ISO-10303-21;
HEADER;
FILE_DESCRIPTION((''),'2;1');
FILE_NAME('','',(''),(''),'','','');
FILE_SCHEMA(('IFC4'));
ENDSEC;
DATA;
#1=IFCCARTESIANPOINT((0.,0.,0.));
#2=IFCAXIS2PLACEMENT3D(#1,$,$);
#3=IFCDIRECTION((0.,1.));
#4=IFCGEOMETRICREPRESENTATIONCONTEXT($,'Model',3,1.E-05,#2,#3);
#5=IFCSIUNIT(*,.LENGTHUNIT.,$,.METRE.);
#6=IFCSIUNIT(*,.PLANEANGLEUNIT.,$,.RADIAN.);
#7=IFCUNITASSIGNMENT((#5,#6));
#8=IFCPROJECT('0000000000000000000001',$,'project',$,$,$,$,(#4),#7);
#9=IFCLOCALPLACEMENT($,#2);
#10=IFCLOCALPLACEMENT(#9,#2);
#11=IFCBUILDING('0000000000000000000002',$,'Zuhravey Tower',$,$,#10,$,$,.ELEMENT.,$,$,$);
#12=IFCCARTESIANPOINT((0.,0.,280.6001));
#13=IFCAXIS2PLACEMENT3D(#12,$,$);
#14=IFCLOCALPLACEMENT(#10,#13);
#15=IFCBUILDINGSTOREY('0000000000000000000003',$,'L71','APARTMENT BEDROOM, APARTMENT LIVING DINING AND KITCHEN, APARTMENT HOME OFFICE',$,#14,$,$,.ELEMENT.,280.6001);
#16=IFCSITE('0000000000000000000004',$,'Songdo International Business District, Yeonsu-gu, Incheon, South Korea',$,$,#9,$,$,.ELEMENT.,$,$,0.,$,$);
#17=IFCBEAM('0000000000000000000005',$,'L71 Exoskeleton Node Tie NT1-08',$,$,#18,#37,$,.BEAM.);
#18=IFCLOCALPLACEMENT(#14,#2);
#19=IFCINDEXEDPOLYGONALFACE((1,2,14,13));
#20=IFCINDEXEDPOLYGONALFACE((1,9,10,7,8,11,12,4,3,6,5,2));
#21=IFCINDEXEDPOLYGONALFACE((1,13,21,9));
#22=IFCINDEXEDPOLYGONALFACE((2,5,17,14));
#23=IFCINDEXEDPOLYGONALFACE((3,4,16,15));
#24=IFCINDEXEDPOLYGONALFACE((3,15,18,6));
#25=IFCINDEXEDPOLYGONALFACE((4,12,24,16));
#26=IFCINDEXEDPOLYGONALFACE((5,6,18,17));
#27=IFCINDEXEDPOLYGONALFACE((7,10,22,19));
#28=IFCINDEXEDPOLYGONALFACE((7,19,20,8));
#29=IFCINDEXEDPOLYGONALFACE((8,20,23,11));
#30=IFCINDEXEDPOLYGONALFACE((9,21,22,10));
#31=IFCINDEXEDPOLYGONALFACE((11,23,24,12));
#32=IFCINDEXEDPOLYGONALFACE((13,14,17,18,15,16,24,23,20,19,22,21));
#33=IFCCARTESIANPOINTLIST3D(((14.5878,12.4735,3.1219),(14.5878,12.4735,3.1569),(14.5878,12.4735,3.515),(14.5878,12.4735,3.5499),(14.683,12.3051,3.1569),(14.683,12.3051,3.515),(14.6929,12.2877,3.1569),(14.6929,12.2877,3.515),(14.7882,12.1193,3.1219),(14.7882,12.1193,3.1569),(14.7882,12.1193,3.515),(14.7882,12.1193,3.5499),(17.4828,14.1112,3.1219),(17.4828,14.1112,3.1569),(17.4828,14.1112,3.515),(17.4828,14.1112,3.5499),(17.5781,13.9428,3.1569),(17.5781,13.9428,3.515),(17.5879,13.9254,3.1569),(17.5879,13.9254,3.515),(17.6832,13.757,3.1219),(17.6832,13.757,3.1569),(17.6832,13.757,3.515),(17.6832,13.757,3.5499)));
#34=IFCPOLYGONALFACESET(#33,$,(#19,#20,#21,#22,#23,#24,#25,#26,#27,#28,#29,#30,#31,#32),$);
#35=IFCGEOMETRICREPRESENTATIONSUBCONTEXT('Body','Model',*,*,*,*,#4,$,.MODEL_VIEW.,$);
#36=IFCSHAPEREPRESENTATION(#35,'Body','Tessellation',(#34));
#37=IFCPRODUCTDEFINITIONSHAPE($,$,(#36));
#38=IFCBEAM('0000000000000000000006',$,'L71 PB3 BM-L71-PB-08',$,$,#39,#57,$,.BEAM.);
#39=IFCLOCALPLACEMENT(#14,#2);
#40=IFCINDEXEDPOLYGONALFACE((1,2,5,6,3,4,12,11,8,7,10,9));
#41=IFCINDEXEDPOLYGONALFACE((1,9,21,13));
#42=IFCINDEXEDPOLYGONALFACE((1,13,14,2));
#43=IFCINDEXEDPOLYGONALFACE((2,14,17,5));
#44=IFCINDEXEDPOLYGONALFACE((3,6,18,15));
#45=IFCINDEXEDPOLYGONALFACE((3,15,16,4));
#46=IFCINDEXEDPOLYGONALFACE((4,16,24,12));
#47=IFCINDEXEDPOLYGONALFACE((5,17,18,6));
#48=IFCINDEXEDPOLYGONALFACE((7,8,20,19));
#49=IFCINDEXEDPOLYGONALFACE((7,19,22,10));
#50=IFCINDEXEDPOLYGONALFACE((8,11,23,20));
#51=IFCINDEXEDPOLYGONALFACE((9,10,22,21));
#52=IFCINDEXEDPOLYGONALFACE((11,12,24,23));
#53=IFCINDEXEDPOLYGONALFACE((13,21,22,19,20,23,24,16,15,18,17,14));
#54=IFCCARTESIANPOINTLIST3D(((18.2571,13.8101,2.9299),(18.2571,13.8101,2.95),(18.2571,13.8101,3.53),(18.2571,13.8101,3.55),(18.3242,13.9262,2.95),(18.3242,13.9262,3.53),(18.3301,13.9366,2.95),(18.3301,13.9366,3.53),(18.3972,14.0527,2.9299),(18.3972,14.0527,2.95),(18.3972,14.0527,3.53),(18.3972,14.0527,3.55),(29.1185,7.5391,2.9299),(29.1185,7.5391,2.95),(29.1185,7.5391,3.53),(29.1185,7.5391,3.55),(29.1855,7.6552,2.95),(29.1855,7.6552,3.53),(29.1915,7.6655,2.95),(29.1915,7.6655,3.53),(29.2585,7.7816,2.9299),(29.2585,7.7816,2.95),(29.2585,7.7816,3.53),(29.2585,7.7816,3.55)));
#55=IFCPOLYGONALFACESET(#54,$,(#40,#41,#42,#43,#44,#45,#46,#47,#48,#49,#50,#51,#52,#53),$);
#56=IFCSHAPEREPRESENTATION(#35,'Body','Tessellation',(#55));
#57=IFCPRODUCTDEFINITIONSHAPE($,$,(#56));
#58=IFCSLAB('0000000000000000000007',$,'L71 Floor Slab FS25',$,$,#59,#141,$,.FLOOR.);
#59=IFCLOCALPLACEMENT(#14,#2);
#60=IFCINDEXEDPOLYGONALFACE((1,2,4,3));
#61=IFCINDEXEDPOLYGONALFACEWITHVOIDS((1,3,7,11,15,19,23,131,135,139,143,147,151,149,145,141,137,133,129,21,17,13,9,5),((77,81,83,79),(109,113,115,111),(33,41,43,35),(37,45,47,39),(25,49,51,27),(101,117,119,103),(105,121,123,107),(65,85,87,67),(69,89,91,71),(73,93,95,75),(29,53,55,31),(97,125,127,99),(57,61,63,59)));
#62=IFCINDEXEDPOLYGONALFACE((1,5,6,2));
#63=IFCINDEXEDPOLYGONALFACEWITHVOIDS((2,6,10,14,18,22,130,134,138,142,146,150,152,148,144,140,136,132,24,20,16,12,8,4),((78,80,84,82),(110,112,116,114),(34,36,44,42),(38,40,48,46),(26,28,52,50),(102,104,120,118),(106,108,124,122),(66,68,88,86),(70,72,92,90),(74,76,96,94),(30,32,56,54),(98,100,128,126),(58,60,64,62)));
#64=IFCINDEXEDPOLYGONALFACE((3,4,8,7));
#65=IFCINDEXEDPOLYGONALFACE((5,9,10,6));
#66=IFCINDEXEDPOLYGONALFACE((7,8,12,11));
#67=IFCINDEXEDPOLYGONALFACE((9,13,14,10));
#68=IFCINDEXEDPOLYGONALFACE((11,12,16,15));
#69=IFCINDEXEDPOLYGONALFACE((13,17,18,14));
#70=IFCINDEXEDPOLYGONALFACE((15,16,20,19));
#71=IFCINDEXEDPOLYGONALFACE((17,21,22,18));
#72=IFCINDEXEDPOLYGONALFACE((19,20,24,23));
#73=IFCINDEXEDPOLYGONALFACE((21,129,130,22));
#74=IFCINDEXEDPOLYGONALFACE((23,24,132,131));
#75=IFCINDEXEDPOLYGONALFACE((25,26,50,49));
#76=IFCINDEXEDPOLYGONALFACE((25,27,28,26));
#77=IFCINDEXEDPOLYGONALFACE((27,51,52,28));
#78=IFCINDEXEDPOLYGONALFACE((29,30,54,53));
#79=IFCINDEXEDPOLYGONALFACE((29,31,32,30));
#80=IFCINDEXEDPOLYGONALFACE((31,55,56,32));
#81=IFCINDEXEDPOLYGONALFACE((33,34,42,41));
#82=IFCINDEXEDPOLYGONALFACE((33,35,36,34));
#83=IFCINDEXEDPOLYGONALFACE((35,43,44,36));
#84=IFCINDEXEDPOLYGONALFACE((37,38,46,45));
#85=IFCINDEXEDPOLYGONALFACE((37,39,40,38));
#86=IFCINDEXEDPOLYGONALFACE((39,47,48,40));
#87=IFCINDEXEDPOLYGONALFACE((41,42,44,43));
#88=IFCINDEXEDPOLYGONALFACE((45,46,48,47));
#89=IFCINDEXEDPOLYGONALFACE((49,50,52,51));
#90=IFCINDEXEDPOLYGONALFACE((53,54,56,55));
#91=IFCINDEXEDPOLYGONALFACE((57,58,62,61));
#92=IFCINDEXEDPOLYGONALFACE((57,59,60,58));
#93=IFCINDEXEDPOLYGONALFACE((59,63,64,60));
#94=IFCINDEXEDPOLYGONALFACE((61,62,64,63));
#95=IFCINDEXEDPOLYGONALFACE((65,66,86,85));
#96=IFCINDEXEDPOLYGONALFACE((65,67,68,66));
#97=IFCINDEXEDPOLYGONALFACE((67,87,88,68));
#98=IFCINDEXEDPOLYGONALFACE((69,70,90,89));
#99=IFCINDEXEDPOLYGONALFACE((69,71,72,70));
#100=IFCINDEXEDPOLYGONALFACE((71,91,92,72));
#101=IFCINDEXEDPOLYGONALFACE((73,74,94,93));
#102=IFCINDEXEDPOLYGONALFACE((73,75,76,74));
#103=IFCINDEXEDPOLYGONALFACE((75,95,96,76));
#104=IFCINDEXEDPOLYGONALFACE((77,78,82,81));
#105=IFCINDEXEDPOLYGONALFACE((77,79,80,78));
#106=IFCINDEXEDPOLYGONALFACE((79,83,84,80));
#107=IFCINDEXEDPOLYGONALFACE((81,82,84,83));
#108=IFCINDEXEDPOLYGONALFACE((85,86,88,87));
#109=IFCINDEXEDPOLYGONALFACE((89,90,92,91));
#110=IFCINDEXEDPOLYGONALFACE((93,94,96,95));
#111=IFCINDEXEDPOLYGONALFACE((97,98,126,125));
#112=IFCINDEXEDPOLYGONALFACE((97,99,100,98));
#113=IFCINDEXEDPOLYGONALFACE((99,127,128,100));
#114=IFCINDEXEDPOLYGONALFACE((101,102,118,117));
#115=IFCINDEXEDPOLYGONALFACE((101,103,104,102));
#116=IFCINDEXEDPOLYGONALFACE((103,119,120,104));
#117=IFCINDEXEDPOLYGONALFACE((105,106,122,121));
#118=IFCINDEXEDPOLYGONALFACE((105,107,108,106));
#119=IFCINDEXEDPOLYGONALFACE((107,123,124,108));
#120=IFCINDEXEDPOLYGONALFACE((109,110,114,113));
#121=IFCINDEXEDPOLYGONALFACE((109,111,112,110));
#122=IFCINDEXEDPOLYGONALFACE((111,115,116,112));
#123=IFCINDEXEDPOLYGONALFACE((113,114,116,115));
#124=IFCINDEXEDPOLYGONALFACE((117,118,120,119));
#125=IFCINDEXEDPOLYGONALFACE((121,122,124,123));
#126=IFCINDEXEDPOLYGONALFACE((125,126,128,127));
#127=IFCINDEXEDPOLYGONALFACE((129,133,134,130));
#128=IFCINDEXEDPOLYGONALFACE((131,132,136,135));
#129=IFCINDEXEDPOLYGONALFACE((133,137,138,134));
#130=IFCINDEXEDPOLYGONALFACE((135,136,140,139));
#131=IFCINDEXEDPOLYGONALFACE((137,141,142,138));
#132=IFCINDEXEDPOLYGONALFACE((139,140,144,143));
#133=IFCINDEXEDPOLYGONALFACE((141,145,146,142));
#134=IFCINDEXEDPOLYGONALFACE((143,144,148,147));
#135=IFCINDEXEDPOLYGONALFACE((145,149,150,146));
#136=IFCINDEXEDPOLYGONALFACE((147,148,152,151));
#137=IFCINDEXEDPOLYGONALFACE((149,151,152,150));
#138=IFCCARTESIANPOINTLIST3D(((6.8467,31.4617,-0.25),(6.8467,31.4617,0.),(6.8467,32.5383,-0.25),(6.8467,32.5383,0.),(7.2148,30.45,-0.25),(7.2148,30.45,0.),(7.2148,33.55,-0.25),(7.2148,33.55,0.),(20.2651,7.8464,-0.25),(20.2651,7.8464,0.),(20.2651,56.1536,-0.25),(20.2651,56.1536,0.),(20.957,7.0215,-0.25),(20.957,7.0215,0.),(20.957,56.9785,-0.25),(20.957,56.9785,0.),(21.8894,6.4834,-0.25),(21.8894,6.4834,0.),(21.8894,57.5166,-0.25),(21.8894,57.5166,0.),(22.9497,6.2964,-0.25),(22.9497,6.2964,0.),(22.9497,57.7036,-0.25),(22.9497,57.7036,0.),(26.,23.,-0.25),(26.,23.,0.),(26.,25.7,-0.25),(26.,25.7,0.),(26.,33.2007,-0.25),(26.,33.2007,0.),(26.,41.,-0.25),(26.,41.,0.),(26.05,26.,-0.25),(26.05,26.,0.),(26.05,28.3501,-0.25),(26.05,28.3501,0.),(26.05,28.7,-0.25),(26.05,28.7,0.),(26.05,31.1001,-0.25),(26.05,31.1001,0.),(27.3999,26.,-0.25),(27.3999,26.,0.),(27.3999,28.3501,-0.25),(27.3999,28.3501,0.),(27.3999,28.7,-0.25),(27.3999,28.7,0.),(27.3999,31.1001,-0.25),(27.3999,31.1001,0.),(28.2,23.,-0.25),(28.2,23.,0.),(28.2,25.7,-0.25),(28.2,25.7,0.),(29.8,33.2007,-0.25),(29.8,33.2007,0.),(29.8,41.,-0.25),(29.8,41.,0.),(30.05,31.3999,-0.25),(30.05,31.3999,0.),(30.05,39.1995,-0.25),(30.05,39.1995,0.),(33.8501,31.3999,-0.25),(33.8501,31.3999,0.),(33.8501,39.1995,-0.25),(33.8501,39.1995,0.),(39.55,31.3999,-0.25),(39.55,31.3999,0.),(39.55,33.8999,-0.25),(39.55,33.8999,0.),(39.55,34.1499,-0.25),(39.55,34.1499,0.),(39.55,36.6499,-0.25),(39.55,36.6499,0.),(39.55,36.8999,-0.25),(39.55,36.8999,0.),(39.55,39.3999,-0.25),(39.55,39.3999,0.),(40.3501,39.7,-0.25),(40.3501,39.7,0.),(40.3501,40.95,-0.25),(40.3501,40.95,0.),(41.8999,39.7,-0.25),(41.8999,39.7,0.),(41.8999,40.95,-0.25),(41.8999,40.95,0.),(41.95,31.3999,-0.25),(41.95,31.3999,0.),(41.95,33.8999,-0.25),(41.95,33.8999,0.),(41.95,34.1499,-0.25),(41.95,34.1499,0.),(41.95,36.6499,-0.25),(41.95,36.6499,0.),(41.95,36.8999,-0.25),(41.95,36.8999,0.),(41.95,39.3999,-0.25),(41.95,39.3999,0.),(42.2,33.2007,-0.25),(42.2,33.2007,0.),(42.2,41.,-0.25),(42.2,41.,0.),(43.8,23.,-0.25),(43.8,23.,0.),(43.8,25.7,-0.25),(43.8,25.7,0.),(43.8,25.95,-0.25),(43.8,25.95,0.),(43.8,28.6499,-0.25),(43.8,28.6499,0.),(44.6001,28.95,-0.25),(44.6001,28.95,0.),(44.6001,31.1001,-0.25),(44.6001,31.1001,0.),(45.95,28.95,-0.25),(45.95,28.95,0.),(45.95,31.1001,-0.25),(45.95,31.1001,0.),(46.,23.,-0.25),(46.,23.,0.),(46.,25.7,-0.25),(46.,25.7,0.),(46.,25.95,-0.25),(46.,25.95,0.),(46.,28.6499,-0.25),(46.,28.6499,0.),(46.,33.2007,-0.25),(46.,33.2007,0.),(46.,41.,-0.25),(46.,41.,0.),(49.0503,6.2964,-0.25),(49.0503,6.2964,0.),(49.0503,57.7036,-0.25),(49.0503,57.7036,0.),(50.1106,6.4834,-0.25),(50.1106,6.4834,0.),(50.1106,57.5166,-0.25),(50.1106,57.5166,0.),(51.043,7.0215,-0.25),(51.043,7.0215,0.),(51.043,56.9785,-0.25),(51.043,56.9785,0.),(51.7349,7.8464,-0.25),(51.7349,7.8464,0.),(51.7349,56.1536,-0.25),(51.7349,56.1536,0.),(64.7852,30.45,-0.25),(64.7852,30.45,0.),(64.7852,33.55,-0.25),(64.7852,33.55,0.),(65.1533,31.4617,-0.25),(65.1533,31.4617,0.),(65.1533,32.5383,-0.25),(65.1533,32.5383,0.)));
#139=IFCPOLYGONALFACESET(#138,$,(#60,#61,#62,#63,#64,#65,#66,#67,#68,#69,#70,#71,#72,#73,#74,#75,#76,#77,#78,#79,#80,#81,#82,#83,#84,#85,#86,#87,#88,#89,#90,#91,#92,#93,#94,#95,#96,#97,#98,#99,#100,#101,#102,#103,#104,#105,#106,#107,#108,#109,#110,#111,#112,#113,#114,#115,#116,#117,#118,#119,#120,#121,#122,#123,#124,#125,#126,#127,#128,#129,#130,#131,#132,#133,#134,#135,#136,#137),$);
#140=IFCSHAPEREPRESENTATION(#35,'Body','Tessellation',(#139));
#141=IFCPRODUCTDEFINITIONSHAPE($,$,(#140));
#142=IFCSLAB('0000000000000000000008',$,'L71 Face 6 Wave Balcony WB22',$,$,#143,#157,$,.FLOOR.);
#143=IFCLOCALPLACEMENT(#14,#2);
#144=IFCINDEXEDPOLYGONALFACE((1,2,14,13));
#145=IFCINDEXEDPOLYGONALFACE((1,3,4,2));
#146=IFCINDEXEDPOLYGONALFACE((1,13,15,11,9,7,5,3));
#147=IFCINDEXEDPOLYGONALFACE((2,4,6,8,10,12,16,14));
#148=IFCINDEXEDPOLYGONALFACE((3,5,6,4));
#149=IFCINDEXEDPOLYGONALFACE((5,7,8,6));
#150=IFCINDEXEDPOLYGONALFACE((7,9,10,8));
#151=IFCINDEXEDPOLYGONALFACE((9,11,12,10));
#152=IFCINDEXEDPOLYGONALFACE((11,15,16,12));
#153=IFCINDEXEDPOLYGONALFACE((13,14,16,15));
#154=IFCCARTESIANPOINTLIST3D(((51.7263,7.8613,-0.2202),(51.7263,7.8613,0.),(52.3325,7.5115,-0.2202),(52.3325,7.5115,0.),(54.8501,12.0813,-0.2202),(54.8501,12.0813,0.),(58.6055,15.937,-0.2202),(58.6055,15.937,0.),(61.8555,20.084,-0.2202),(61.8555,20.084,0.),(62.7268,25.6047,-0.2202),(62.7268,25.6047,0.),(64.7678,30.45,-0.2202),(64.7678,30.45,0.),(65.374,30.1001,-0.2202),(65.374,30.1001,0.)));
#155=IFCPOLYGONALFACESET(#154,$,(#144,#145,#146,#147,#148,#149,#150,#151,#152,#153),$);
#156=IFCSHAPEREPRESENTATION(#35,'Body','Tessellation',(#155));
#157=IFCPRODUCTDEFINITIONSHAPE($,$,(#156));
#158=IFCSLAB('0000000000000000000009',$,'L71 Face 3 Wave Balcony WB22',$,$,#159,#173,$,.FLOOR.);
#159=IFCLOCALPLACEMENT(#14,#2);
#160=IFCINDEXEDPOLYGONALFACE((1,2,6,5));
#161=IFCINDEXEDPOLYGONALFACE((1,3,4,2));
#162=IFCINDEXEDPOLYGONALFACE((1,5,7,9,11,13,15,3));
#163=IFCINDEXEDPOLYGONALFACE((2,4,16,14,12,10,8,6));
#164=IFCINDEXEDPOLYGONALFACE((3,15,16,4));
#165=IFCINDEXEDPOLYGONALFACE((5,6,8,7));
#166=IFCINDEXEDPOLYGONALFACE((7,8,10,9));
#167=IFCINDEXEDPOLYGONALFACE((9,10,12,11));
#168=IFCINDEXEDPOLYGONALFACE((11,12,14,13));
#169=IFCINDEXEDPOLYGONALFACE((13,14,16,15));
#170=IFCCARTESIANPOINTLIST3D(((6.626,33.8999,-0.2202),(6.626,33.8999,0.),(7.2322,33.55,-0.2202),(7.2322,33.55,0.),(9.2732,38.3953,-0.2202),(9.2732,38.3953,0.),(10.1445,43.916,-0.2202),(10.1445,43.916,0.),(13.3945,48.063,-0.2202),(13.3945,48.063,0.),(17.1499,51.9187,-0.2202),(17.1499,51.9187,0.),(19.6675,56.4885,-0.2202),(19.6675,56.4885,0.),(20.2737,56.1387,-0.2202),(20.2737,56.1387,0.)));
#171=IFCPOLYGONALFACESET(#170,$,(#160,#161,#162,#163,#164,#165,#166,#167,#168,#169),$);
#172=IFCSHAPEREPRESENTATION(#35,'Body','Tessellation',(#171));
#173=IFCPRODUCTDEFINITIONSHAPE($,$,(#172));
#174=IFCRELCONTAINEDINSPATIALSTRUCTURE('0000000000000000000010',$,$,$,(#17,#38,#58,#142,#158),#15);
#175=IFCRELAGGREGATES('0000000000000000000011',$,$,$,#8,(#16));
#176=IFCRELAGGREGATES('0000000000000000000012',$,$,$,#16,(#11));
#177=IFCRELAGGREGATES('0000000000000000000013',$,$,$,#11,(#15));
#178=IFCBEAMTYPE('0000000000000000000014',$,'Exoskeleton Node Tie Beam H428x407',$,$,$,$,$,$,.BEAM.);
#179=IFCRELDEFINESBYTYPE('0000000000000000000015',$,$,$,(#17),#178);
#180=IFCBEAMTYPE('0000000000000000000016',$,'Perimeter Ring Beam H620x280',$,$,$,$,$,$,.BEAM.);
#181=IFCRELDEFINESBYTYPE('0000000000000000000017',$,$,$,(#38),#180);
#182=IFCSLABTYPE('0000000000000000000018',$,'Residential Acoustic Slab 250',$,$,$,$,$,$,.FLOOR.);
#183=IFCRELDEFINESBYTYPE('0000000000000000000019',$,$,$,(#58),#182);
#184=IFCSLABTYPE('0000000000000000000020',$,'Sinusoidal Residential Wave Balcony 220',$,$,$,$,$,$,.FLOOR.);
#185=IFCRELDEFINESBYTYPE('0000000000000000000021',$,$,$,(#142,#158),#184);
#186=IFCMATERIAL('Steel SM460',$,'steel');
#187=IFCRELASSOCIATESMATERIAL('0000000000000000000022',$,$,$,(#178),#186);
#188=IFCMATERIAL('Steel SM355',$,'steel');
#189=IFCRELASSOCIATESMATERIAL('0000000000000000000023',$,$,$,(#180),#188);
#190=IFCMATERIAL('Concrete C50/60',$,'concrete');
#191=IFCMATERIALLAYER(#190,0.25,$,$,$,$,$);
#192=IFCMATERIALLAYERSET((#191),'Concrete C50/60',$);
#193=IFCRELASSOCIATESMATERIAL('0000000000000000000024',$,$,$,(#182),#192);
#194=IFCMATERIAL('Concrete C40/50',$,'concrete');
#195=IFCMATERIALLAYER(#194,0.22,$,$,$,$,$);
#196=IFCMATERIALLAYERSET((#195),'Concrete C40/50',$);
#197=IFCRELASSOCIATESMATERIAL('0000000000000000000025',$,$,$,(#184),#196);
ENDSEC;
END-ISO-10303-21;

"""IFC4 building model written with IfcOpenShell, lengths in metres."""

from ifc_helpers import new_model, si_unit, direction, frame, origin, origin_2d, place, context, subcontext, project, spatial, polyline, i_section, outline, extrude, material, layer, layer_set, material_profile, profile_set, type_object, element, save


model = new_model("IFC4")

# Units and contexts
model_context = context("Model", 3, precision=1e-05, world=origin(), true_north=direction((0.0, 1.0)))
body_context = subcontext(model_context, "Body", "Model", "MODEL_VIEW")
ifc_project = project(units=[si_unit("LENGTHUNIT", "METRE"), si_unit("PLANEANGLEUNIT", "RADIAN")], contexts=[model_context])

# Site, building, storey
site_placement = place(None, origin())
site = spatial("IfcSite", under=ifc_project, at=site_placement, Name="Songdo International Business District, Yeonsu-gu, Incheon, South Korea", CompositionType="ELEMENT", RefElevation=0.0)
building_placement = place(site_placement, origin())
building = spatial("IfcBuilding", under=site, at=building_placement, Name="Zuhravey Tower", CompositionType="ELEMENT")
storey_placement = place(building_placement, frame((0.0, 0.0, 280.6001)))
storey = spatial("IfcBuildingStorey", under=building, at=storey_placement, Name="L71", Description="APARTMENT BEDROOM, APARTMENT LIVING DINING AND KITCHEN, APARTMENT HOME OFFICE", CompositionType="ELEMENT", Elevation=280.6001)

# Shared definitions
ifc_material_1 = material(Name="Concrete C50/60", Category="concrete")

# Beams
ifc_material_2 = material(Name="Steel SM460", Category="steel")
ifc_material_profile_1 = material_profile(ifc_material_2, i_section(OverallWidth=0.407, OverallDepth=0.428, WebThickness=0.02, FlangeThickness=0.0349, at=origin_2d()), Name="H-428x407x20x35")
ifc_profile_set_1 = profile_set([ifc_material_profile_1], Name="Steel SM460")
beam_type_1 = type_object("IfcBeamType", Name="Exoskeleton Node Tie Beam H428x407", PredefinedType="BEAM", material=ifc_profile_set_1)
beam_1_placement = place(storey_placement, frame((17.583, 13.9341, 3.3359), z_axis=(-0.870385, -0.492372, 0.0), x_axis=(0.492372, -0.870385, 0.0)))
element("IfcBeam", 1, at=beam_1_placement, inside=storey, type_object=beam_type_1, Name="L71 Exoskeleton Node Tie NT1-08", PredefinedType="BEAM", context=body_context, shape_type="SweptSolid", body=[
    extrude(i_section(OverallWidth=0.407, OverallDepth=0.428, WebThickness=0.02, FlangeThickness=0.0349, at=origin_2d()), origin(), (0.0, 0.0, 1.0), 3.3262),
])
ifc_material_3 = material(Name="Steel SM355", Category="steel")
ifc_material_profile_2 = material_profile(ifc_material_3, i_section(OverallWidth=0.28, OverallDepth=0.6201, WebThickness=0.012, FlangeThickness=0.02, at=origin_2d()), Name="H-620x280x12x20")
ifc_profile_set_2 = profile_set([ifc_material_profile_2], Name="Steel SM355")
beam_type_2 = type_object("IfcBeamType", Name="Perimeter Ring Beam H620x280", PredefinedType="BEAM", material=ifc_profile_set_2)
beam_2_placement = place(storey_placement, frame((18.3271, 13.9314, 3.24), z_axis=(0.866018, -0.500012, 0.0), x_axis=(0.500012, 0.866018, 0.0)))
element("IfcBeam", 2, at=beam_2_placement, inside=storey, type_object=beam_type_2, Name="L71 PB3 BM-L71-PB-08", PredefinedType="BEAM", context=body_context, shape_type="SweptSolid", body=[
    extrude(i_section(OverallWidth=0.28, OverallDepth=0.6201, WebThickness=0.012, FlangeThickness=0.02, at=origin_2d()), origin(), (0.0, 0.0, 1.0), 12.5417),
])

# Slabs
ifc_layer_1 = layer(ifc_material_1, 0.25)
ifc_layer_set_1 = layer_set([ifc_layer_1], Name="Concrete C50/60")
slab_type_1 = type_object("IfcSlabType", Name="Residential Acoustic Slab 250", PredefinedType="FLOOR", material=ifc_layer_set_1)
slab_1_placement = place(storey_placement, frame((0.0, 0.0, -0.25)))
element("IfcSlab", 3, at=slab_1_placement, inside=storey, type_object=slab_type_1, Name="L71 Floor Slab FS25", PredefinedType="FLOOR", context=body_context, shape_type="SweptSolid", body=[
    extrude(outline(polyline([(64.7852, 30.45), (65.1533, 31.4617), (65.1533, 32.5383), (64.7852, 33.55), (51.7349, 56.1536), (51.043, 56.9785), (50.1106, 57.5166), (49.0503, 57.7036), (22.9497, 57.7036), (21.8894, 57.5166), (20.957, 56.9785), (20.2651, 56.1536), (7.2148, 33.55), (6.8467, 32.5383), (6.8467, 31.4617), (7.2148, 30.45), (20.2651, 7.8464), (20.957, 7.0215), (21.8894, 6.4834), (22.9497, 6.2964), (49.0503, 6.2964), (50.1106, 6.4834), (51.043, 7.0215), (51.7349, 7.8464), (64.7852, 30.45)]), holes=[polyline([(29.8, 33.2007), (29.8, 41.0), (26.0, 41.0), (26.0, 33.2007), (29.8, 33.2007)]), polyline([(46.0, 33.2007), (46.0, 41.0), (42.2, 41.0), (42.2, 33.2007), (46.0, 33.2007)]), polyline([(30.05, 39.1995), (30.05, 31.3999), (33.8501, 31.3999), (33.8501, 39.1995), (30.05, 39.1995)]), polyline([(39.55, 31.3999), (41.95, 31.3999), (41.95, 33.8999), (39.55, 33.8999), (39.55, 31.3999)]), polyline([(39.55, 34.1499), (41.95, 34.1499), (41.95, 36.6499), (39.55, 36.6499), (39.55, 34.1499)]), polyline([(39.55, 36.8999), (41.95, 36.8999), (41.95, 39.3999), (39.55, 39.3999), (39.55, 36.8999)]), polyline([(26.0, 23.0), (28.2, 23.0), (28.2, 25.7), (26.0, 25.7), (26.0, 23.0)]), polyline([(43.8, 23.0), (46.0, 23.0), (46.0, 25.7), (43.8, 25.7), (43.8, 23.0)]), polyline([(43.8, 25.95), (46.0, 25.95), (46.0, 28.6499), (43.8, 28.6499), (43.8, 25.95)]), polyline([(26.05, 26.0), (27.3999, 26.0), (27.3999, 28.3501), (26.05, 28.3501), (26.05, 26.0)]), polyline([(26.05, 28.7), (27.3999, 28.7), (27.3999, 31.1001), (26.05, 31.1001), (26.05, 28.7)]), polyline([(44.6001, 28.95), (45.95, 28.95), (45.95, 31.1001), (44.6001, 31.1001), (44.6001, 28.95)]), polyline([(40.3501, 39.7), (41.8999, 39.7), (41.8999, 40.95), (40.3501, 40.95), (40.3501, 39.7)])]), origin(), (0.0, 0.0, 1.0), 0.25),
])
ifc_material_4 = material(Name="Concrete C40/50", Category="concrete")
ifc_layer_2 = layer(ifc_material_4, 0.22)
ifc_layer_set_2 = layer_set([ifc_layer_2], Name="Concrete C40/50")
slab_type_2 = type_object("IfcSlabType", Name="Sinusoidal Residential Wave Balcony 220", PredefinedType="FLOOR", material=ifc_layer_set_2)
slab_2_placement = place(storey_placement, frame((0.0, 0.0, -0.2202)))
element("IfcSlab", 4, at=slab_2_placement, inside=storey, type_object=slab_type_2, Name="L71 Face 6 Wave Balcony WB22", PredefinedType="FLOOR", context=body_context, shape_type="SweptSolid", body=[
    extrude(outline(polyline([(51.7263, 7.8613), (64.7678, 30.45), (65.374, 30.1001), (62.7268, 25.6047), (61.8555, 20.084), (58.6055, 15.937), (54.8501, 12.0813), (52.3325, 7.5115), (51.7263, 7.8613)])), origin(), (0.0, 0.0, 1.0), 0.2202),
])
slab_3_placement = place(storey_placement, frame((0.0, 0.0, -0.2202)))
element("IfcSlab", 5, at=slab_3_placement, inside=storey, type_object=slab_type_2, Name="L71 Face 3 Wave Balcony WB22", PredefinedType="FLOOR", context=body_context, shape_type="SweptSolid", body=[
    extrude(outline(polyline([(20.2737, 56.1387), (7.2322, 33.55), (6.626, 33.8999), (9.2732, 38.3953), (10.1445, 43.916), (13.3945, 48.063), (17.1499, 51.9187), (19.6675, 56.4885), (20.2737, 56.1387)])), origin(), (0.0, 0.0, 1.0), 0.2202),
])

save(model, "model.ifc")
